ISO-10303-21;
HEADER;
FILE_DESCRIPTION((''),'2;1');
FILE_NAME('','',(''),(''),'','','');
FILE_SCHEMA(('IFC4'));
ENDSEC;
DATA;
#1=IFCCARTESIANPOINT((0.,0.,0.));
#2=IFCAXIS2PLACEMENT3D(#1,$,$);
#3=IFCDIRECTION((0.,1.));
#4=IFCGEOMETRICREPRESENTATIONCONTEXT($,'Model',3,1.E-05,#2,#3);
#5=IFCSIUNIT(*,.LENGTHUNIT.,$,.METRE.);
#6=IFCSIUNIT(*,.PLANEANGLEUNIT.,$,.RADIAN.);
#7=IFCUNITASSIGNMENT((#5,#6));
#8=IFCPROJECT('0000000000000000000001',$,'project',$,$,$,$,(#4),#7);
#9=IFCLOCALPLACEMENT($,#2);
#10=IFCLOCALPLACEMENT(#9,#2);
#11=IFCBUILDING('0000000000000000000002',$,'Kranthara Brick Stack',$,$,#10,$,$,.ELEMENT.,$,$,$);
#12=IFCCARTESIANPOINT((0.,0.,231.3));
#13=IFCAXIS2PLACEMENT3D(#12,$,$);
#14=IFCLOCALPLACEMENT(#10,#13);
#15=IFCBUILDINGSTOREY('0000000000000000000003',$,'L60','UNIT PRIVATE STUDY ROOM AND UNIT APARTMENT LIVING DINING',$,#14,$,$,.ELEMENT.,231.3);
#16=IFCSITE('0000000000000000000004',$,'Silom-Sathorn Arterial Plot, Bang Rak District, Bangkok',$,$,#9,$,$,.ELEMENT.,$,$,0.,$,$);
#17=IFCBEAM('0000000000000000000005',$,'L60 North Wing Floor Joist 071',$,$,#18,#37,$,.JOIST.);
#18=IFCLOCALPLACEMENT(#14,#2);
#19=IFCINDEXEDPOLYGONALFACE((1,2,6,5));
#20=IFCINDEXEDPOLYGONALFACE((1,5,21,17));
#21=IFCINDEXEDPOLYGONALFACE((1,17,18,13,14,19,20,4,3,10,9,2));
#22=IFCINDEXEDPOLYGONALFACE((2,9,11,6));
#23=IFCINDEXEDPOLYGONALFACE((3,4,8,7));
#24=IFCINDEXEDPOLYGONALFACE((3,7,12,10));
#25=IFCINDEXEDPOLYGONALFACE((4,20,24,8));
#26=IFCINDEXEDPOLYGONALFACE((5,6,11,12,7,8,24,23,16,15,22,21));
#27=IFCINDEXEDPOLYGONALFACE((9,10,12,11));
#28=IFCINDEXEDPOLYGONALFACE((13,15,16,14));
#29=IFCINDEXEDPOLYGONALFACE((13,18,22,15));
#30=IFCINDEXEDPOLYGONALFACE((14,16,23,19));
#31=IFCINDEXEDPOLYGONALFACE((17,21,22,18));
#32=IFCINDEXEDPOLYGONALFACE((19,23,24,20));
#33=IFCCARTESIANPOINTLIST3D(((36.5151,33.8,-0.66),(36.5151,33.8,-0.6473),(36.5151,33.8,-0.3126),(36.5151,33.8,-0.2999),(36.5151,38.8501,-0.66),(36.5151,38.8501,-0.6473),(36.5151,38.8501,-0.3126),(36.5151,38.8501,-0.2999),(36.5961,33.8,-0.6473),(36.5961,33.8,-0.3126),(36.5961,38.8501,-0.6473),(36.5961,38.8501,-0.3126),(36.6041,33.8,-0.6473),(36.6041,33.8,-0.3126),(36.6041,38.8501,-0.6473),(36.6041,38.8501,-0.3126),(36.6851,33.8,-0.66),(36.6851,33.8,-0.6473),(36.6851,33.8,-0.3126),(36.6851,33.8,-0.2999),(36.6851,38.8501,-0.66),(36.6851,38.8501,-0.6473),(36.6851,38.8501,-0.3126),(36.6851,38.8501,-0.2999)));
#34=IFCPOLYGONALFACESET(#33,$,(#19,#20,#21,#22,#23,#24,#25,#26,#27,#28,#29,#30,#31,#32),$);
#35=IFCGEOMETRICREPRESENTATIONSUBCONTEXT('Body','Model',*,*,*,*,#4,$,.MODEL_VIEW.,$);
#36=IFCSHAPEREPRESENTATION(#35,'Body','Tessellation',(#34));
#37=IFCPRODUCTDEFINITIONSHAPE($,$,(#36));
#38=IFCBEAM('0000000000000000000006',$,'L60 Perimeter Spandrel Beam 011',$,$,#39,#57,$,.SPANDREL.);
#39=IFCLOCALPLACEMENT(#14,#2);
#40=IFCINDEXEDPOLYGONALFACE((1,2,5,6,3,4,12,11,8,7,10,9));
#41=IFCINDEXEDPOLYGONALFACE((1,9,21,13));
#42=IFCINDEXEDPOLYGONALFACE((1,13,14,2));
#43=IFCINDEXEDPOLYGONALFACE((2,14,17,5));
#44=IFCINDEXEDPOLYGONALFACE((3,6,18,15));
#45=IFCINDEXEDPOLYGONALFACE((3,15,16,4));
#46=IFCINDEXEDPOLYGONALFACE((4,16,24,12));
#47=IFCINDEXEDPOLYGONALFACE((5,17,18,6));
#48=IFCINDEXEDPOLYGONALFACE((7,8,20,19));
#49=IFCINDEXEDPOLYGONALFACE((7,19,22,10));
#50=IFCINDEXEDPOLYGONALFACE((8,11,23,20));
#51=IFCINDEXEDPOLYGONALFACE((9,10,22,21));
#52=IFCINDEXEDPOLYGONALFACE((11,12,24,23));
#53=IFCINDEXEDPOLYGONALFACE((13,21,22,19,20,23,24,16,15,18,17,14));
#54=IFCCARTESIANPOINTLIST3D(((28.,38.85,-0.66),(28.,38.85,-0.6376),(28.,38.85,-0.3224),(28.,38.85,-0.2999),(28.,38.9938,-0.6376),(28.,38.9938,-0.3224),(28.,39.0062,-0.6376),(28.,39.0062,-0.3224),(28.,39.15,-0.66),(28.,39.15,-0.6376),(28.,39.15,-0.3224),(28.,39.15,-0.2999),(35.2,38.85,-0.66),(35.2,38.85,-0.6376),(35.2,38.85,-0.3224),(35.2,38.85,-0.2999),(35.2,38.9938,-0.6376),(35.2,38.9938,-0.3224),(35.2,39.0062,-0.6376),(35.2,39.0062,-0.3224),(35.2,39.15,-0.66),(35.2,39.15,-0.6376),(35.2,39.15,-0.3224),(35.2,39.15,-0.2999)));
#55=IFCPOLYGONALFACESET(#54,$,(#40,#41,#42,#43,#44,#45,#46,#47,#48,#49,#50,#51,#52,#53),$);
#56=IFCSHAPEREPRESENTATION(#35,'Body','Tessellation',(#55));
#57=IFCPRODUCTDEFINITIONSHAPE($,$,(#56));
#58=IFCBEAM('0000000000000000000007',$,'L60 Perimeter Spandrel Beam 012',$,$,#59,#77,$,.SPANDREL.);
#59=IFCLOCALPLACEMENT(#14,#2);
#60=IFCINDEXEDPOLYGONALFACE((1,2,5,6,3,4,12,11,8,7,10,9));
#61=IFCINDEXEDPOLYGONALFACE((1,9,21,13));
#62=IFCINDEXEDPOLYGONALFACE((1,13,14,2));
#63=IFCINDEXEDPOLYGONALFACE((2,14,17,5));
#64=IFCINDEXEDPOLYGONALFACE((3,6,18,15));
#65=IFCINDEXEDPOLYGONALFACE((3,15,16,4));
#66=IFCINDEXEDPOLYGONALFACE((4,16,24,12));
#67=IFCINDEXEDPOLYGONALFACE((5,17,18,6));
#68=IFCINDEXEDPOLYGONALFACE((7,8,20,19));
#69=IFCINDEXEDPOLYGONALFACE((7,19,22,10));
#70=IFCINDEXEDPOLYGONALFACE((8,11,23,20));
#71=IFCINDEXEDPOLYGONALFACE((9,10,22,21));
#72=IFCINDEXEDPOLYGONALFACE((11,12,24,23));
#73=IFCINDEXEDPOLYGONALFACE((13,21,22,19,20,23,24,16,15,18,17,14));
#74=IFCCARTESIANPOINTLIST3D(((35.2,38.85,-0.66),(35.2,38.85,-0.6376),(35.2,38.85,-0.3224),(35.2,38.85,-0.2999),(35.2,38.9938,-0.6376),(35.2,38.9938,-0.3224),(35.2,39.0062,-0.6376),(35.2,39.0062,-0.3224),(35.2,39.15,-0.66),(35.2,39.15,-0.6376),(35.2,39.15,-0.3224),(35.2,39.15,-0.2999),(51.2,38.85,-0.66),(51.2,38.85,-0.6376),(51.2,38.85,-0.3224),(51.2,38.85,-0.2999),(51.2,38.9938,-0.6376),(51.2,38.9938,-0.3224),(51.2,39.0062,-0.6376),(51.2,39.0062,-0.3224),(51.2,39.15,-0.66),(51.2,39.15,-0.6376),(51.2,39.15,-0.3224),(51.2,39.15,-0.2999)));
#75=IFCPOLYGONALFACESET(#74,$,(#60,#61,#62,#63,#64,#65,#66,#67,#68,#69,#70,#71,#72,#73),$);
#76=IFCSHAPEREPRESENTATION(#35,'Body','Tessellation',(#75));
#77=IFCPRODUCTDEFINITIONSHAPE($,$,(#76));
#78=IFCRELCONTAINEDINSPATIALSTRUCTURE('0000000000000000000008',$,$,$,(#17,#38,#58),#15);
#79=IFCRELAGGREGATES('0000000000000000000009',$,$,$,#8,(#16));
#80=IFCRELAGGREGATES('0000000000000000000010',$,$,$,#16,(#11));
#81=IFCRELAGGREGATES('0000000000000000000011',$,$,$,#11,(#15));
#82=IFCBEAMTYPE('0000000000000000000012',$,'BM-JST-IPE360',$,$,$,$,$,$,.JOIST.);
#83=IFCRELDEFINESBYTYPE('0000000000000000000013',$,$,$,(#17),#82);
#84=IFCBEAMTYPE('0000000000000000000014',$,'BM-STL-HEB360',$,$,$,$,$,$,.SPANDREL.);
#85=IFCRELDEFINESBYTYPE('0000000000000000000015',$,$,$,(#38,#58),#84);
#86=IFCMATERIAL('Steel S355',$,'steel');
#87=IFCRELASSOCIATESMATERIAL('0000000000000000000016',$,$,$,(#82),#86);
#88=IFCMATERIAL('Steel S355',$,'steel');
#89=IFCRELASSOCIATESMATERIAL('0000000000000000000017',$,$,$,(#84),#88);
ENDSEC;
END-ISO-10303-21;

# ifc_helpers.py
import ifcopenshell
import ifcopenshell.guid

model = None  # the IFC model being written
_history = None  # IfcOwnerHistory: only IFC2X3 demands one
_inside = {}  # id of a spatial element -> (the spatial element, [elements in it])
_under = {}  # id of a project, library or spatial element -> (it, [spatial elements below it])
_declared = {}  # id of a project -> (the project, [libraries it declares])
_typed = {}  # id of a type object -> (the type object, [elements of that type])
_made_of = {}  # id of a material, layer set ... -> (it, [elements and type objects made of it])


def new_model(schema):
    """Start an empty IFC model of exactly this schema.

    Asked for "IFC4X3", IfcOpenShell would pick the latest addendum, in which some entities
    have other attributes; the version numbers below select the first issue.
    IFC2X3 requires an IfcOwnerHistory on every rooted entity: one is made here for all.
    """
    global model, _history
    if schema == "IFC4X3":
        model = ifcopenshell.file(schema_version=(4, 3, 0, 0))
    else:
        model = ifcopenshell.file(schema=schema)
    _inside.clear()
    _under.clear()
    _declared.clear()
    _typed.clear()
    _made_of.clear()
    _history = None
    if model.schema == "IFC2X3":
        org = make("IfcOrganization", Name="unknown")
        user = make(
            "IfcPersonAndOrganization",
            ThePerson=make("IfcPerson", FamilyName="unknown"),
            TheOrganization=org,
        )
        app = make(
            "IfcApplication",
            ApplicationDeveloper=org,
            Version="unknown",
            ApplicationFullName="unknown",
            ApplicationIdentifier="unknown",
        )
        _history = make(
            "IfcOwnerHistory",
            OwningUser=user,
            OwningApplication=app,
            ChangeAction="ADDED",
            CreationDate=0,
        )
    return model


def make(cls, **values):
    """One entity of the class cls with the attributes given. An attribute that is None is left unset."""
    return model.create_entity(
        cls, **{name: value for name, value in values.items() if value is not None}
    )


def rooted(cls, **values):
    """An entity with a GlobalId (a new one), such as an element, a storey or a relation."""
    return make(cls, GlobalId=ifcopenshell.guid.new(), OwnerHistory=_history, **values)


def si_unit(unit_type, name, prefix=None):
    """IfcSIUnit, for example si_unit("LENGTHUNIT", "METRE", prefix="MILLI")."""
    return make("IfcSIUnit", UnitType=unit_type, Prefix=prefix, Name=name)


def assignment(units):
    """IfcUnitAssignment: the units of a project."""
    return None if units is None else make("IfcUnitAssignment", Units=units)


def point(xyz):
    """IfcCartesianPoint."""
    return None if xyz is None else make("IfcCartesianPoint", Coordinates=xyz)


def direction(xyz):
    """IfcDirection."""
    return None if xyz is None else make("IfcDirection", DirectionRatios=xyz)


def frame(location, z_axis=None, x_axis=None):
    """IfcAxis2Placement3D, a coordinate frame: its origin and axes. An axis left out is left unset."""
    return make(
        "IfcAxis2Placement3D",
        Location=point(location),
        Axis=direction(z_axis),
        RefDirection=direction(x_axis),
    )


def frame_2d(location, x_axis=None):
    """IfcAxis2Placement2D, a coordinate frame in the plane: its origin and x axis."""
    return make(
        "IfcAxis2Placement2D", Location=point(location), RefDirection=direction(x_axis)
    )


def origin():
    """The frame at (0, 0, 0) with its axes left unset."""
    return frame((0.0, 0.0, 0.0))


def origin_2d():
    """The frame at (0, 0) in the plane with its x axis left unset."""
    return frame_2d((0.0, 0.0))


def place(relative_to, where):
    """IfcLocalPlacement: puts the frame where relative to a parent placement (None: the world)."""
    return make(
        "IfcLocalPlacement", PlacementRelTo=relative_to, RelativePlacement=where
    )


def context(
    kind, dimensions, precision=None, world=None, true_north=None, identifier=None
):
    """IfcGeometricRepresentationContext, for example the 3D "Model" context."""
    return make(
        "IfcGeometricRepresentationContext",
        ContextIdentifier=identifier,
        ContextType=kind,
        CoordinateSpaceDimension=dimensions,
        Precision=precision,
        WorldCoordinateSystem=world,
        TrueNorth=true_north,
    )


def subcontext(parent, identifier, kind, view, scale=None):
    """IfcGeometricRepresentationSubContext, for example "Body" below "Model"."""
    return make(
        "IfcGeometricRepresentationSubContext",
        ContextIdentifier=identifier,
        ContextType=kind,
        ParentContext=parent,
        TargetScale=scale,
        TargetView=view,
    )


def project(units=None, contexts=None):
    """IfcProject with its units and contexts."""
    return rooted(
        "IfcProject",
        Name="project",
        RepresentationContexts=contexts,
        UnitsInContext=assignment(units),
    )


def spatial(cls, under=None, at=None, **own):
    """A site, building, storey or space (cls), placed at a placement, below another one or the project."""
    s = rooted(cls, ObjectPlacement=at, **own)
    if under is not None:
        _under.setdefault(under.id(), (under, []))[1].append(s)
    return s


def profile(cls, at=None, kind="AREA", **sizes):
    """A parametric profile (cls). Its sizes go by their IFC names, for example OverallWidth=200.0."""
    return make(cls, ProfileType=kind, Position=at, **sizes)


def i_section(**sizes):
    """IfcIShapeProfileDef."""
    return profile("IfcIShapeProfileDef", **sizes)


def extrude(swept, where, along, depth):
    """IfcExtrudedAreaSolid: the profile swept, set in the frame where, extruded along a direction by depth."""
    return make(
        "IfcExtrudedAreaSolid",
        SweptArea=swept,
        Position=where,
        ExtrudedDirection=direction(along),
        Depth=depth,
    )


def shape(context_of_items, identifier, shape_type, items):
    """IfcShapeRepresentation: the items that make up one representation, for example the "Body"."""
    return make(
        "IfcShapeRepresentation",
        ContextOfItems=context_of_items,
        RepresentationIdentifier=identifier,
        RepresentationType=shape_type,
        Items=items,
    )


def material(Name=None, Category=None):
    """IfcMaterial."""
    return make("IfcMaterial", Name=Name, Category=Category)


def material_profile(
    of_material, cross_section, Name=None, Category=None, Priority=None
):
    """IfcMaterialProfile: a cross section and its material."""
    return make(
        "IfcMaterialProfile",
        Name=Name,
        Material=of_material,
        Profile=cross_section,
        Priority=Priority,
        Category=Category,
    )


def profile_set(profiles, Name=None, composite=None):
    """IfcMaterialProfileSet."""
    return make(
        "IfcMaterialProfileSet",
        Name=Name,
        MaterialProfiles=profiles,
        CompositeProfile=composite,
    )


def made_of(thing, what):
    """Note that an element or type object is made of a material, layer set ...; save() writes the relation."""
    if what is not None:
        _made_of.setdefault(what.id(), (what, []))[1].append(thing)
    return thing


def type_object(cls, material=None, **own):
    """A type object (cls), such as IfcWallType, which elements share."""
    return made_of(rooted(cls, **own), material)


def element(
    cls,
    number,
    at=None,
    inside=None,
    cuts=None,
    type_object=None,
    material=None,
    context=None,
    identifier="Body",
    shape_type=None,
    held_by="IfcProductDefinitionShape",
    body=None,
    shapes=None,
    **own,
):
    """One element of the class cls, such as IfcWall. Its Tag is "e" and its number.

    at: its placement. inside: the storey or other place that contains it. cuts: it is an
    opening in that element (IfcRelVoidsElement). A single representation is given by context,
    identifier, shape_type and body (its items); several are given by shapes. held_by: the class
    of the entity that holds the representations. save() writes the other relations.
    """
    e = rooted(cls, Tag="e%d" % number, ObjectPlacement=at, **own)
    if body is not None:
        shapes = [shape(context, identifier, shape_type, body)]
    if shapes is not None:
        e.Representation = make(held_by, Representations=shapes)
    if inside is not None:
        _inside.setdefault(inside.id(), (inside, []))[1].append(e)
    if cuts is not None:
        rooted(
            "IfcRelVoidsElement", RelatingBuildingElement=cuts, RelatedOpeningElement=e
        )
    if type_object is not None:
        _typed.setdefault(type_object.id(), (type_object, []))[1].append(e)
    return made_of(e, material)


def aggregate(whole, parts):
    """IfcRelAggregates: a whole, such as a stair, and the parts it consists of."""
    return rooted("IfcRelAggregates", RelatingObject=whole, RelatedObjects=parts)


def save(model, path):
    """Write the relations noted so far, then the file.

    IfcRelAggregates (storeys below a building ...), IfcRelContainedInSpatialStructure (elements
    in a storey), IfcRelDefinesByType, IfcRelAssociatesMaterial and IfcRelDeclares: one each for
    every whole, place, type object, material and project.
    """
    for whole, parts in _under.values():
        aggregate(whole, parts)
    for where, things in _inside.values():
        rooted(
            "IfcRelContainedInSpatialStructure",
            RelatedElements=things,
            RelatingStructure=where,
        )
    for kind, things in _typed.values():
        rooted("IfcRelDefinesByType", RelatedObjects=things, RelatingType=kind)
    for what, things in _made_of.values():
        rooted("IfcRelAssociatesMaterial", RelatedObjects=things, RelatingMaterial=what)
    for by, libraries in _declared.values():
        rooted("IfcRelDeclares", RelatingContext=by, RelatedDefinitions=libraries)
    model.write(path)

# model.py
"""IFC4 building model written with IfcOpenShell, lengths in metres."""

from ifc_helpers import new_model, si_unit, direction, frame, origin, origin_2d, place, context, subcontext, project, spatial, i_section, extrude, material, material_profile, profile_set, type_object, element, save


model = new_model("IFC4")

# Units and contexts
model_context = context("Model", 3, precision=1e-05, world=origin(), true_north=direction((0.0, 1.0)))
body_context = subcontext(model_context, "Body", "Model", "MODEL_VIEW")
ifc_project = project(units=[si_unit("LENGTHUNIT", "METRE"), si_unit("PLANEANGLEUNIT", "RADIAN")], contexts=[model_context])

# Site, building, storey
site_placement = place(None, origin())
site = spatial("IfcSite", under=ifc_project, at=site_placement, Name="Silom-Sathorn Arterial Plot, Bang Rak District, Bangkok", CompositionType="ELEMENT", RefElevation=0.0)
building_placement = place(site_placement, origin())
building = spatial("IfcBuilding", under=site, at=building_placement, Name="Kranthara Brick Stack", CompositionType="ELEMENT")
storey_placement = place(building_placement, frame((0.0, 0.0, 231.3)))
storey = spatial("IfcBuildingStorey", under=building, at=storey_placement, Name="L60", Description="UNIT PRIVATE STUDY ROOM AND UNIT APARTMENT LIVING DINING", CompositionType="ELEMENT", Elevation=231.3)

# Beams
ifc_material_1 = material(Name="Steel S355", Category="steel")
ifc_material_profile_1 = material_profile(ifc_material_1, i_section(OverallWidth=0.1699, OverallDepth=0.3601, WebThickness=0.0081, FlangeThickness=0.0127, at=origin_2d()), Name="IPE 360")
ifc_profile_set_1 = profile_set([ifc_material_profile_1], Name="Steel S355")
beam_type_1 = type_object("IfcBeamType", Name="BM-JST-IPE360", PredefinedType="JOIST", material=ifc_profile_set_1)
beam_1_placement = place(storey_placement, frame((36.6001, 33.8, -0.48), z_axis=(0.0, 1.0, 0.0), x_axis=(-1.0, 0.0, 0.0)))
element("IfcBeam", 1, at=beam_1_placement, inside=storey, type_object=beam_type_1, Name="L60 North Wing Floor Joist 071", PredefinedType="JOIST", context=body_context, shape_type="SweptSolid", body=[
    extrude(i_section(OverallWidth=0.1699, OverallDepth=0.3601, WebThickness=0.0081, FlangeThickness=0.0127, at=origin_2d()), origin(), (0.0, 0.0, 1.0), 5.05),
])
ifc_material_2 = material(Name="Steel S355", Category="steel")
ifc_material_profile_2 = material_profile(ifc_material_2, i_section(OverallWidth=0.3, OverallDepth=0.3601, WebThickness=0.0125, FlangeThickness=0.0225, at=origin_2d()), Name="HEB 360")
ifc_profile_set_2 = profile_set([ifc_material_profile_2], Name="Steel S355")
beam_type_2 = type_object("IfcBeamType", Name="BM-STL-HEB360", PredefinedType="SPANDREL", material=ifc_profile_set_2)
beam_2_placement = place(storey_placement, frame((28.0, 39.0, -0.48), z_axis=(1.0, 0.0, 0.0), x_axis=(0.0, 1.0, 0.0)))
element("IfcBeam", 2, at=beam_2_placement, inside=storey, type_object=beam_type_2, Name="L60 Perimeter Spandrel Beam 011", PredefinedType="SPANDREL", context=body_context, shape_type="SweptSolid", body=[
    extrude(i_section(OverallWidth=0.3, OverallDepth=0.3601, WebThickness=0.0125, FlangeThickness=0.0225, at=origin_2d()), origin(), (0.0, 0.0, 1.0), 7.2),
])
beam_3_placement = place(storey_placement, frame((35.2, 39.0, -0.48), z_axis=(1.0, 0.0, 0.0), x_axis=(0.0, 1.0, 0.0)))
element("IfcBeam", 3, at=beam_3_placement, inside=storey, type_object=beam_type_2, Name="L60 Perimeter Spandrel Beam 012", PredefinedType="SPANDREL", context=body_context, shape_type="SweptSolid", body=[
    extrude(i_section(OverallWidth=0.3, OverallDepth=0.3601, WebThickness=0.0125, FlangeThickness=0.0225, at=origin_2d()), origin(), (0.0, 0.0, 1.0), 16.0),
])

save(model, "model.ifc")
